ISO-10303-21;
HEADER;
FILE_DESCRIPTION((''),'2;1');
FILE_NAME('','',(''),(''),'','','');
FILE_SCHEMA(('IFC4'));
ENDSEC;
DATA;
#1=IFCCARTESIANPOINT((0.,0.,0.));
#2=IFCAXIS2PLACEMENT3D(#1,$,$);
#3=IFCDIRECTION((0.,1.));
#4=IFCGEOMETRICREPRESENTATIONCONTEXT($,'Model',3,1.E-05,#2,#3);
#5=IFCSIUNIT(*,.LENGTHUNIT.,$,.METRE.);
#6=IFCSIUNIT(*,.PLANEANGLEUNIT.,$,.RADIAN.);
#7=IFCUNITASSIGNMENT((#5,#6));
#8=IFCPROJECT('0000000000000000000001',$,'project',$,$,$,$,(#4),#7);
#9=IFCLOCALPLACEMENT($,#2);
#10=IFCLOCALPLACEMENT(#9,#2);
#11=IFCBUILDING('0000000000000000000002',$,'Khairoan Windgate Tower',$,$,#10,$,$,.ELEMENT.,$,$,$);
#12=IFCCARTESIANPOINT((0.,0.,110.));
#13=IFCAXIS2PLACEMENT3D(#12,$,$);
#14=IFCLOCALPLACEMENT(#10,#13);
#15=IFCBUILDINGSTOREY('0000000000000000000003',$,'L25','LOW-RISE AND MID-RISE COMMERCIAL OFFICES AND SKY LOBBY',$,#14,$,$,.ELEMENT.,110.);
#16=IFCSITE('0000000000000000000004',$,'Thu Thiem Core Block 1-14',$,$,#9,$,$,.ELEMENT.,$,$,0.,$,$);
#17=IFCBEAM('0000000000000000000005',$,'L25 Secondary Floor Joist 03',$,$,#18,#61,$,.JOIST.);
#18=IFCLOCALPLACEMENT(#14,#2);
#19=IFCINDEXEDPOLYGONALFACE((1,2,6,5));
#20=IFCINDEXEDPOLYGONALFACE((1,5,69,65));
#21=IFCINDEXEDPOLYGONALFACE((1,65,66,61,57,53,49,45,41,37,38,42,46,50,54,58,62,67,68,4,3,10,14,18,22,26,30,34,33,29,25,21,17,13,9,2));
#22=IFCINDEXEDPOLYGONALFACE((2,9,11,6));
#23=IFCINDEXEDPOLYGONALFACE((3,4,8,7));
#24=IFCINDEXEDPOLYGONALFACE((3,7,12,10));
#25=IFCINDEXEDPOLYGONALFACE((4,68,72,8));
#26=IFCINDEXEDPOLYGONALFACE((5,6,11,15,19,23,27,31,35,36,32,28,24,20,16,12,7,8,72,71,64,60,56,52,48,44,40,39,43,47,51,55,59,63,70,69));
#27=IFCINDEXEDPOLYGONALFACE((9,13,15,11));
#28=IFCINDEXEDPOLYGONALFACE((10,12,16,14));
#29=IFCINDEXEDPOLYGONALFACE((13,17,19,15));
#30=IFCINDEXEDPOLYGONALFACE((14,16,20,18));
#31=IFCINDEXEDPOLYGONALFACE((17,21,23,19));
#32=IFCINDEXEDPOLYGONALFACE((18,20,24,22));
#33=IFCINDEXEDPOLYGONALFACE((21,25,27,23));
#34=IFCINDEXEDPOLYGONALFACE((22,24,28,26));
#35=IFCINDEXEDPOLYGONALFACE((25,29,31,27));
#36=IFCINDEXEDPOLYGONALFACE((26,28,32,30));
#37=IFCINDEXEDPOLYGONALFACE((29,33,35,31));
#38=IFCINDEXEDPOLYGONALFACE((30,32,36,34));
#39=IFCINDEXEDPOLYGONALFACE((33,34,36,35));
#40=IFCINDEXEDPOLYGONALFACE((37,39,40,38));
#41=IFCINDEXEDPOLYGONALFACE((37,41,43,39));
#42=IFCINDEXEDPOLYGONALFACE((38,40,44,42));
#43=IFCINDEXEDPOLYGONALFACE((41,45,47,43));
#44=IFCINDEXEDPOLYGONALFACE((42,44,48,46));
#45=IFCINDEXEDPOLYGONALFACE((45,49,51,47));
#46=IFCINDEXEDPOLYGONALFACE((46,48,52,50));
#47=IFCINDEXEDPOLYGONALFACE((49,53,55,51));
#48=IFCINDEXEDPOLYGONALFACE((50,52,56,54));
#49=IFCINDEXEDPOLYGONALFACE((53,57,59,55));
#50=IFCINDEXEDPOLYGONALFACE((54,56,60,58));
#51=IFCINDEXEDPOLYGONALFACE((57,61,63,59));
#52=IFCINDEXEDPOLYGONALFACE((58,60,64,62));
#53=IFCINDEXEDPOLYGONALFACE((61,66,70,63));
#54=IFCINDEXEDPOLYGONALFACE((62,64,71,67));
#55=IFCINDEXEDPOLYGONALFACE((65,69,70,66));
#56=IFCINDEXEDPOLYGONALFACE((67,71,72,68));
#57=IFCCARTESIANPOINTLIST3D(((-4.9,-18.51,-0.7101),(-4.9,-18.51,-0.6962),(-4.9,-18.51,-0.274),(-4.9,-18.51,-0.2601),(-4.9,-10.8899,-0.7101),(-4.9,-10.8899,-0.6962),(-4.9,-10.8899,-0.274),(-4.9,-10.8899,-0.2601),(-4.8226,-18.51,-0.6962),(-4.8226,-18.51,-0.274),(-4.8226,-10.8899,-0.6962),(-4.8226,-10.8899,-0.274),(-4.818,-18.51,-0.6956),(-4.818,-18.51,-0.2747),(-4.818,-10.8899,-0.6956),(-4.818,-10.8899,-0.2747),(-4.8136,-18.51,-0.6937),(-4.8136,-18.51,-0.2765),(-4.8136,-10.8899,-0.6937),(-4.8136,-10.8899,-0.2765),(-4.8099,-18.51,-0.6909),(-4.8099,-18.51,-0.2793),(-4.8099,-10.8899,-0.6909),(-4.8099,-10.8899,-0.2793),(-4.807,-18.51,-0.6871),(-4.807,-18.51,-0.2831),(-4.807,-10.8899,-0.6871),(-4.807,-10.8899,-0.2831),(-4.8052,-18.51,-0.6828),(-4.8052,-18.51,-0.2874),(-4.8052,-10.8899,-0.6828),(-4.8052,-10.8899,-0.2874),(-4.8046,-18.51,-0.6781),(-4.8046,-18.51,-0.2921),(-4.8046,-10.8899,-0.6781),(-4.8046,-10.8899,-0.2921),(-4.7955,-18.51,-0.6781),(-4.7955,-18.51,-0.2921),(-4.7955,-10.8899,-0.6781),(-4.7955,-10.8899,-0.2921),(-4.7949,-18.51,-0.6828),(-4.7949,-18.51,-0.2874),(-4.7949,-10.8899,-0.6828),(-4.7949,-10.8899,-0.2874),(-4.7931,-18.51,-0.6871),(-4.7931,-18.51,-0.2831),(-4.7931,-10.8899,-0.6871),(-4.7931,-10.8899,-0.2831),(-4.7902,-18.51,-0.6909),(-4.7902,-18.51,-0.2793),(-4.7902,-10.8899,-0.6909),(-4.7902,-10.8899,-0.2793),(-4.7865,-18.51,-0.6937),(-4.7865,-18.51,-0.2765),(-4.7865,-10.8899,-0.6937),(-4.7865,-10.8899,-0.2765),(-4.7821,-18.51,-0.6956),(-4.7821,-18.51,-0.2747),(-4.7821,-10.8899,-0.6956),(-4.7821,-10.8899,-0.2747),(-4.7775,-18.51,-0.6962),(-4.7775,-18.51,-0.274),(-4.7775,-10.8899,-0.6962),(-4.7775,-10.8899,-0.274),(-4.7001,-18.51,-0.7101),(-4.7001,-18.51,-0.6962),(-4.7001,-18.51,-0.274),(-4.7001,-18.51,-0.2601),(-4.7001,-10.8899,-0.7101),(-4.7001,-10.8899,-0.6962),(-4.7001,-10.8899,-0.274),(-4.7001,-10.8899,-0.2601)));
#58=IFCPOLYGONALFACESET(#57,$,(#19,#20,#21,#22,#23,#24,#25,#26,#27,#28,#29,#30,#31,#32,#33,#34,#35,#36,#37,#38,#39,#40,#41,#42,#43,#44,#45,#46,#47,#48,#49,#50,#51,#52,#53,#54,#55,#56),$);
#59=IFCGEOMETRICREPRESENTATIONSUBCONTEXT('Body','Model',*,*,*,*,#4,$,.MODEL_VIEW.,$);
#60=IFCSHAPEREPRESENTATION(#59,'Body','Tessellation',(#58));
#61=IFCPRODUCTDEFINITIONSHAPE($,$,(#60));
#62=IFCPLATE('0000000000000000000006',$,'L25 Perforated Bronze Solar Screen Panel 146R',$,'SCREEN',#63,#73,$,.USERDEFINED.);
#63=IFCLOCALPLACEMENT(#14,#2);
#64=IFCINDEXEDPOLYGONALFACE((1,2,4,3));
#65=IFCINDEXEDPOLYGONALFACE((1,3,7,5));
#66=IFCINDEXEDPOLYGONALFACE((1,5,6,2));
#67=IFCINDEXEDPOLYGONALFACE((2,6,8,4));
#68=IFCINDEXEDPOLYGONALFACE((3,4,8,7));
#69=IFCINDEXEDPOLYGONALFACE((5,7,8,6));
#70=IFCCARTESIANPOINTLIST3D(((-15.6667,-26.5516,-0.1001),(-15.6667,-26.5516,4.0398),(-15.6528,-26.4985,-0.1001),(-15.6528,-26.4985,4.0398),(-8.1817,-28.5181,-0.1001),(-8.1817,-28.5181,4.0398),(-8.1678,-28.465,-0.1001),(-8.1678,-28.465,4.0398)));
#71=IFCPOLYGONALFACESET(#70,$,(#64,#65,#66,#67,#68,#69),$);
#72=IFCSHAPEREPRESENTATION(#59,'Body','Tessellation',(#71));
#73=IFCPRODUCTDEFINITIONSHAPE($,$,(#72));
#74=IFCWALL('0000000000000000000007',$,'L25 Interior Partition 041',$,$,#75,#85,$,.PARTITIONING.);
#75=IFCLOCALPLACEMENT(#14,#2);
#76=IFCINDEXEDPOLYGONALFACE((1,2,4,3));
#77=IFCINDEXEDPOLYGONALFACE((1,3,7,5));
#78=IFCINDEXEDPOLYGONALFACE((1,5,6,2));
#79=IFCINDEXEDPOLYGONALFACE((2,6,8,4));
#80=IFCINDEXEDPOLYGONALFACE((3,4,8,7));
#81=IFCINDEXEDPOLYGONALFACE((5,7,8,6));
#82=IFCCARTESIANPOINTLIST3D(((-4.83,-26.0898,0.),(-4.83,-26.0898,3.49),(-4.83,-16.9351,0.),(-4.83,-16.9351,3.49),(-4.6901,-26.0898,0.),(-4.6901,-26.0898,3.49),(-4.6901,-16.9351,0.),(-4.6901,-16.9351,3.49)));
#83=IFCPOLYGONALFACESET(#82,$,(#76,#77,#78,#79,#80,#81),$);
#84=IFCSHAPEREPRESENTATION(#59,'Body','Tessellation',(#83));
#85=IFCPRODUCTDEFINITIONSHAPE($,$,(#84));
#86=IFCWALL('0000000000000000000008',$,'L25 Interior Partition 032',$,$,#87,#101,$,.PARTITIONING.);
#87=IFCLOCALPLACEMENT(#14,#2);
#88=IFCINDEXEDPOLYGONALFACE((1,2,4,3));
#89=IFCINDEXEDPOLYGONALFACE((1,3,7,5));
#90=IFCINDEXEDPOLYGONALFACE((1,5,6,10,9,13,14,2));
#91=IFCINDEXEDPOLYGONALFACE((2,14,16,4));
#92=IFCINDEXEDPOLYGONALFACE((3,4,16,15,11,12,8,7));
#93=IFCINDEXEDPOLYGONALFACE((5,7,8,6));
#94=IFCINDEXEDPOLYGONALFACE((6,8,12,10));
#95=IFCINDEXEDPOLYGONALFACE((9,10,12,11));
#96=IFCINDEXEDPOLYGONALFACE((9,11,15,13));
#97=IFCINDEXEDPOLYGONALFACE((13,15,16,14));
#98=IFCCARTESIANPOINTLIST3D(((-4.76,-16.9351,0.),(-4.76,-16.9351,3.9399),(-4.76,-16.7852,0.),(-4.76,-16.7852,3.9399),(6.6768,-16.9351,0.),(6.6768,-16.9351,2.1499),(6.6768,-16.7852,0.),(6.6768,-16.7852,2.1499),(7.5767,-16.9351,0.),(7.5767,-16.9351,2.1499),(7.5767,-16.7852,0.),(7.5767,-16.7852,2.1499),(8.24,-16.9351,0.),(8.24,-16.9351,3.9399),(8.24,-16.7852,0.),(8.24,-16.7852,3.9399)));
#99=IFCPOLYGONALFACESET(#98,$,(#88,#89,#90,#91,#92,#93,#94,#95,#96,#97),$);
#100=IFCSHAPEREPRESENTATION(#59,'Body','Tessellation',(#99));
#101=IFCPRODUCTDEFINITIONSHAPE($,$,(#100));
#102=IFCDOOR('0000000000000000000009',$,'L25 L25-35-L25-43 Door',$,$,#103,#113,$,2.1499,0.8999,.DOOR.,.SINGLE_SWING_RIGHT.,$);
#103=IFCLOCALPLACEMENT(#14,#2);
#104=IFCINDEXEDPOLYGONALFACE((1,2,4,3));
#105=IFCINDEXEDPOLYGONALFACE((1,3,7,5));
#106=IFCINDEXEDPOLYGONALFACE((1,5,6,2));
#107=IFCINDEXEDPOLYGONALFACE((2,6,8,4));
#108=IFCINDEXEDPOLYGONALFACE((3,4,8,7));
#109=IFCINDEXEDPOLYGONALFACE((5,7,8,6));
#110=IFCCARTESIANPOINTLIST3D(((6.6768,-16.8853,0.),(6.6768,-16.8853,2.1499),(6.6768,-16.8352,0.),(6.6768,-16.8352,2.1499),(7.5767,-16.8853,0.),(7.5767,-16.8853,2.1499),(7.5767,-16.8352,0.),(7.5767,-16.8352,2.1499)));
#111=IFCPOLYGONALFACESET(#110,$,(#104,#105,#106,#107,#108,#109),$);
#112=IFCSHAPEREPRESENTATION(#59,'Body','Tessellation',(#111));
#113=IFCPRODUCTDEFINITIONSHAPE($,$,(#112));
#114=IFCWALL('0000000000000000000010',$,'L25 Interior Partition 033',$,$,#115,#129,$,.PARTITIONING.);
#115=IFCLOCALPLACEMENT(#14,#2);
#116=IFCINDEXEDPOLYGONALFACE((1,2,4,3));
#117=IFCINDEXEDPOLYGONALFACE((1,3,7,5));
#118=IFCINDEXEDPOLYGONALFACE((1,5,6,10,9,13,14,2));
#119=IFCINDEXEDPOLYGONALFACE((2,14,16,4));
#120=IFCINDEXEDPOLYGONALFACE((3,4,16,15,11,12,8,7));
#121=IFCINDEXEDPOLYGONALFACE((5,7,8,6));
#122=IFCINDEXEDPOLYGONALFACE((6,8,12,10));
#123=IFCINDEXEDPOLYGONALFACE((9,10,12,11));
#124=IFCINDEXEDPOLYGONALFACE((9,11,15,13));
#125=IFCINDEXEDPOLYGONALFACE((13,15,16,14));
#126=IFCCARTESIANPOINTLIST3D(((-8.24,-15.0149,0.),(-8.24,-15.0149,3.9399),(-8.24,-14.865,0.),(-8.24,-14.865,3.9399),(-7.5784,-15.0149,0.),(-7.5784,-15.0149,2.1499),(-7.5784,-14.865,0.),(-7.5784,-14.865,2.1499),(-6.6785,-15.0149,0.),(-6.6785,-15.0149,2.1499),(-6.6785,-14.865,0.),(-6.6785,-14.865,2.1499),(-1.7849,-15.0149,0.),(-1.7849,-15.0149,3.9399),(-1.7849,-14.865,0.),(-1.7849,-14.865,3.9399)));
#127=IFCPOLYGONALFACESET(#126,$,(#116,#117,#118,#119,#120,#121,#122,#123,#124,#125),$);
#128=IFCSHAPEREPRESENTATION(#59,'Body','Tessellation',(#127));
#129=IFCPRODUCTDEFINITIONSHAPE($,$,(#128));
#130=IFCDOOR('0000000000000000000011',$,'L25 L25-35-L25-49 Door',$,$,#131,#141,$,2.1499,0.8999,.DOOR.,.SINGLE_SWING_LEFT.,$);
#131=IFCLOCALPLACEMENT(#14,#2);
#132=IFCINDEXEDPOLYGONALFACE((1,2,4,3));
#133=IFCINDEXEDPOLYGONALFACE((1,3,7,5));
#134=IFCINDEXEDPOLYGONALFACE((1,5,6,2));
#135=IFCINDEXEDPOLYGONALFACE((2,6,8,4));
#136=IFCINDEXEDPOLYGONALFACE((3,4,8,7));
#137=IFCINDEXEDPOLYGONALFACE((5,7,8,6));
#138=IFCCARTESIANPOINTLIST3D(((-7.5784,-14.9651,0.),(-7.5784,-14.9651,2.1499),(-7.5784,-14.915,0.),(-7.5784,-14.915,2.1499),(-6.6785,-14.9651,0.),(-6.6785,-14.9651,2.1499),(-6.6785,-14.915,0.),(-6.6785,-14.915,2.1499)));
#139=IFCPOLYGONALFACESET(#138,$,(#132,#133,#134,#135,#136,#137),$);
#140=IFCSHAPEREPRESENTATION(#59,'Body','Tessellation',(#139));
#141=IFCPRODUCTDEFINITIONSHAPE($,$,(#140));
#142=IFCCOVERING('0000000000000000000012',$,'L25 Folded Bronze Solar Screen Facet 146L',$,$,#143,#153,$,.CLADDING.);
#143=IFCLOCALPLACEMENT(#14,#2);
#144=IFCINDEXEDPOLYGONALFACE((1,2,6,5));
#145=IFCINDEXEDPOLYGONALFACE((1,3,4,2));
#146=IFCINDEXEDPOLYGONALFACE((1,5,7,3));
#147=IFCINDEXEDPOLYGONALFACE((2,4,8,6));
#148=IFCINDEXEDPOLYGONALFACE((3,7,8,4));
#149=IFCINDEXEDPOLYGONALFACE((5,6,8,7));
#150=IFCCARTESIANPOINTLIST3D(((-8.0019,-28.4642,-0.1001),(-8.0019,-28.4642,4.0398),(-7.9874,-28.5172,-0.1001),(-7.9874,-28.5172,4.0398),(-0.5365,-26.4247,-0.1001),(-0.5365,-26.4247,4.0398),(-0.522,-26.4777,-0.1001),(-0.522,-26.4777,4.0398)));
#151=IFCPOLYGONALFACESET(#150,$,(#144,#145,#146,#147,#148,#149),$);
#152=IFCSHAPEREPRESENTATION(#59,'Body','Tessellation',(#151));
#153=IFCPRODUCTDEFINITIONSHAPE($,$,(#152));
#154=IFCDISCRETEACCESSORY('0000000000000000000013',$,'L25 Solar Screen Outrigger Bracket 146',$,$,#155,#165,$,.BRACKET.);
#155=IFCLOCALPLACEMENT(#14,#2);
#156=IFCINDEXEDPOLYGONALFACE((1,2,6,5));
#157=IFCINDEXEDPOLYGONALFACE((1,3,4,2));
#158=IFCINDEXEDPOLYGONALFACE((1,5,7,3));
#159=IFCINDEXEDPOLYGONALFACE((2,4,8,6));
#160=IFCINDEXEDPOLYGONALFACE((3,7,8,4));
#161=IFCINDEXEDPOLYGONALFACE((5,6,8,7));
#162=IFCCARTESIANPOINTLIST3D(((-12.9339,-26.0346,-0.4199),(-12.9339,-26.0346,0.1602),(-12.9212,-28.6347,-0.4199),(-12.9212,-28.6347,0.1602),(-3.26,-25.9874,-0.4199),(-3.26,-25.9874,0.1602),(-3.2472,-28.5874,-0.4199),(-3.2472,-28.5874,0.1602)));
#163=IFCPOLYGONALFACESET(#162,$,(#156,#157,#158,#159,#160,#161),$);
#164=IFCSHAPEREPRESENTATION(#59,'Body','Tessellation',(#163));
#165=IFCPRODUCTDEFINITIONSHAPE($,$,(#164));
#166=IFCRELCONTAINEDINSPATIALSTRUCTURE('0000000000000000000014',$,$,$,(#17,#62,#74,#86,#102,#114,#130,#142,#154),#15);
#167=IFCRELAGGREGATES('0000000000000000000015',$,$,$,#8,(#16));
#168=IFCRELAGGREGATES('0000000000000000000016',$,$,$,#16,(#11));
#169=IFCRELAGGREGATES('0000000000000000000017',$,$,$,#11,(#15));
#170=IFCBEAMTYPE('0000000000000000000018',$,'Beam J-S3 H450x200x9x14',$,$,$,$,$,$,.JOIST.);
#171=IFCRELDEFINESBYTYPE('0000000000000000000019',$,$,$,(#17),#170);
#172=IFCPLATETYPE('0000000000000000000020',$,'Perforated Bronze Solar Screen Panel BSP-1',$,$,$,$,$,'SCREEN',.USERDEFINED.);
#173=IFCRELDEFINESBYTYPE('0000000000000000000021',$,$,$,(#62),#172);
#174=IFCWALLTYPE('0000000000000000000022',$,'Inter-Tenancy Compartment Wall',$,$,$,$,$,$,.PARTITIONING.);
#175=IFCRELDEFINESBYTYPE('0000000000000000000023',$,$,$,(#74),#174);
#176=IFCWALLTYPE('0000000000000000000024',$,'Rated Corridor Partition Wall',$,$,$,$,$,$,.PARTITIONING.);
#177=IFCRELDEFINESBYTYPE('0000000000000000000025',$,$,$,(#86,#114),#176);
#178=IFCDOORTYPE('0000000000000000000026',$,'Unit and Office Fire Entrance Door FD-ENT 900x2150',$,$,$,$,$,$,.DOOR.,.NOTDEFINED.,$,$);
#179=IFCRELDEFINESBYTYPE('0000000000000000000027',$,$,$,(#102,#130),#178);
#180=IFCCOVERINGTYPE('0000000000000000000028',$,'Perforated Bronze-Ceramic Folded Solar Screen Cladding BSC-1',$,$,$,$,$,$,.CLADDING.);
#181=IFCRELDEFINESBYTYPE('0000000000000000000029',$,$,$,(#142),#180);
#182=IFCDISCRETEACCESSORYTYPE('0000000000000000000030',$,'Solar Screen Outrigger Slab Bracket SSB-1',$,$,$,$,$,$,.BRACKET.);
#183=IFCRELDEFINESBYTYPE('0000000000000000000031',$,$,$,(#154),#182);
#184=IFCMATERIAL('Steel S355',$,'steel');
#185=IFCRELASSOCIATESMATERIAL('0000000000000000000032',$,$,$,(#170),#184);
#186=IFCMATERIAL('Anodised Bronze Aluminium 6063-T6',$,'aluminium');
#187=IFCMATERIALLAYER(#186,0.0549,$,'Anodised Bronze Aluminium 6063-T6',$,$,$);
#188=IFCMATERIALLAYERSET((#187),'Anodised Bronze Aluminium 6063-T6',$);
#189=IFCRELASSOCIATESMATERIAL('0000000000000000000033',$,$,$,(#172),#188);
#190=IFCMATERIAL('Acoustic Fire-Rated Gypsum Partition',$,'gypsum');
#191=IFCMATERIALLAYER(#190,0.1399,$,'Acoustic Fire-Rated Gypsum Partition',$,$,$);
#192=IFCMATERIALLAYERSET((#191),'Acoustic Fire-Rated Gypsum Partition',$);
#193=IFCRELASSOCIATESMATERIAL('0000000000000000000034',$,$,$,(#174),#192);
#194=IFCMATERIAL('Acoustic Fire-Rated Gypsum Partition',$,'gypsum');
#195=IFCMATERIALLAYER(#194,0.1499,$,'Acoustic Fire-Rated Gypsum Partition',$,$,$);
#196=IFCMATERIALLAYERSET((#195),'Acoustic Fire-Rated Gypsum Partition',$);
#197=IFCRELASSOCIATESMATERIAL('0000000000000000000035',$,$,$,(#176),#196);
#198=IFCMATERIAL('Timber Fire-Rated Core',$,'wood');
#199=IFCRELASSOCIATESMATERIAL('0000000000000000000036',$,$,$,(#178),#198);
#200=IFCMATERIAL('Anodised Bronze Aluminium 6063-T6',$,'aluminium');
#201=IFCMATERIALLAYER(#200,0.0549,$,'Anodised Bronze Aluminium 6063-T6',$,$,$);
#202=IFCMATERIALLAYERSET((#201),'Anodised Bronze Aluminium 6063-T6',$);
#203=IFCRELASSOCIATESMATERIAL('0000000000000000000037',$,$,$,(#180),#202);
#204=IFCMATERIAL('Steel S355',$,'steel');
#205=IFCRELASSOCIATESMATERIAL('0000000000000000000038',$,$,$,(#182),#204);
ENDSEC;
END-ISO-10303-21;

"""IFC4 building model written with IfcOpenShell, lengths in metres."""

from ifc_helpers import new_model, si_unit, direction, frame, frame_2d, origin, origin_2d, place, context, subcontext, project, spatial, rectangle, i_section, extrude, material, layer, layer_set, material_profile, profile_set, type_object, element, fill, save


model = new_model("IFC4")

# Units and contexts
model_context = context("Model", 3, precision=1e-05, world=origin(), true_north=direction((0.0, 1.0)))
body_context = subcontext(model_context, "Body", "Model", "MODEL_VIEW")
ifc_project = project(units=[si_unit("LENGTHUNIT", "METRE"), si_unit("PLANEANGLEUNIT", "RADIAN")], contexts=[model_context])

# Site, building, storey
site_placement = place(None, origin())
site = spatial("IfcSite", under=ifc_project, at=site_placement, Name="Thu Thiem Core Block 1-14", CompositionType="ELEMENT", RefElevation=0.0)
building_placement = place(site_placement, origin())
building = spatial("IfcBuilding", under=site, at=building_placement, Name="Khairoan Windgate Tower", CompositionType="ELEMENT")
storey_placement = place(building_placement, frame((0.0, 0.0, 110.0)))
storey = spatial("IfcBuildingStorey", under=building, at=storey_placement, Name="L25", Description="LOW-RISE AND MID-RISE COMMERCIAL OFFICES AND SKY LOBBY", CompositionType="ELEMENT", Elevation=110.0)

# Beam
ifc_material_1 = material(Name="Steel S355", Category="steel")
ifc_material_profile_1 = material_profile(ifc_material_1, i_section(OverallWidth=0.2, OverallDepth=0.45, WebThickness=0.009, FlangeThickness=0.0139, FilletRadius=0.0181, at=origin_2d()))
ifc_profile_set_1 = profile_set([ifc_material_profile_1], Name="Steel S355")
beam_type_1 = type_object("IfcBeamType", Name="Beam J-S3 H450x200x9x14", PredefinedType="JOIST", material=ifc_profile_set_1)
beam_1_placement = place(storey_placement, frame((-4.8, -18.51, -0.4851), z_axis=(0.0, 1.0, 0.0), x_axis=(-1.0, 0.0, 0.0)))
element("IfcBeam", 1, at=beam_1_placement, inside=storey, type_object=beam_type_1, Name="L25 Secondary Floor Joist 03", PredefinedType="JOIST", context=body_context, shape_type="SweptSolid", body=[
    extrude(i_section(OverallWidth=0.2, OverallDepth=0.45, WebThickness=0.009, FlangeThickness=0.0139, FilletRadius=0.0181, at=origin_2d()), origin(), (0.0, 0.0, 1.0), 7.6201),
])

# Plate
ifc_material_2 = material(Name="Anodised Bronze Aluminium 6063-T6", Category="aluminium")
ifc_layer_1 = layer(ifc_material_2, 0.0549, Name="Anodised Bronze Aluminium 6063-T6")
ifc_layer_set_1 = layer_set([ifc_layer_1], Name="Anodised Bronze Aluminium 6063-T6")
plate_type = type_object("IfcPlateType", Name="Perforated Bronze Solar Screen Panel BSP-1", ElementType="SCREEN", PredefinedType="USERDEFINED", material=ifc_layer_set_1)
plate_placement = place(storey_placement, frame((-11.9172, -27.5083, -0.1001), z_axis=(0.0, 0.0, 1.0), x_axis=(-0.967179, 0.254096, 0.0)))
element("IfcPlate", 2, at=plate_placement, inside=storey, type_object=plate_type, Name="L25 Perforated Bronze Solar Screen Panel 146R", ObjectType="SCREEN", PredefinedType="USERDEFINED", context=body_context, shape_type="SweptSolid", body=[
    extrude(rectangle(XDim=7.739, YDim=0.0549, at=origin_2d()), origin(), (0.0, 0.0, 1.0), 4.1399),
])

# Wall
ifc_material_3 = material(Name="Acoustic Fire-Rated Gypsum Partition", Category="gypsum")
ifc_layer_2 = layer(ifc_material_3, 0.1399, Name="Acoustic Fire-Rated Gypsum Partition")
ifc_layer_set_2 = layer_set([ifc_layer_2], Name="Acoustic Fire-Rated Gypsum Partition")
wall_type_1 = type_object("IfcWallType", Name="Inter-Tenancy Compartment Wall", PredefinedType="PARTITIONING", material=ifc_layer_set_2)
wall_1_placement = place(storey_placement, frame((-4.76, -26.0898, 0.0), z_axis=(0.0, 0.0, 1.0), x_axis=(0.0, 1.0, 0.0)))
element("IfcWall", 3, at=wall_1_placement, inside=storey, type_object=wall_type_1, Name="L25 Interior Partition 041", PredefinedType="PARTITIONING", context=body_context, shape_type="SweptSolid", body=[
    extrude(rectangle(XDim=9.1548, YDim=0.1399, at=frame_2d((4.5774, 0.0))), origin(), (0.0, 0.0, 1.0), 3.49),
])

# Walls, openings, doors
ifc_material_4 = material(Name="Acoustic Fire-Rated Gypsum Partition", Category="gypsum")
ifc_layer_3 = layer(ifc_material_4, 0.1499, Name="Acoustic Fire-Rated Gypsum Partition")
ifc_layer_set_3 = layer_set([ifc_layer_3], Name="Acoustic Fire-Rated Gypsum Partition")
wall_type_2 = type_object("IfcWallType", Name="Rated Corridor Partition Wall", PredefinedType="PARTITIONING", material=ifc_layer_set_3)
ifc_material_5 = material(Name="Timber Fire-Rated Core", Category="wood")
door_type = type_object("IfcDoorType", Name="Unit and Office Fire Entrance Door FD-ENT 900x2150", OperationType="NOTDEFINED", PredefinedType="DOOR", material=ifc_material_5)
wall_2_placement = place(storey_placement, frame((-4.76, -16.8601, 0.0), z_axis=(0.0, 0.0, 1.0), x_axis=(1.0, 0.0, 0.0)))
wall_2 = element("IfcWall", 4, at=wall_2_placement, inside=storey, type_object=wall_type_2, Name="L25 Interior Partition 032", PredefinedType="PARTITIONING", context=body_context, shape_type="SweptSolid", body=[
    extrude(rectangle(XDim=13.0, YDim=0.1499, at=frame_2d((6.5, 0.0))), origin(), (0.0, 0.0, 1.0), 3.9399),
])
opening_1_placement = place(wall_2_placement, frame((11.4368, 0.0, 0.0)))
opening_1 = element("IfcOpeningElement", 5, at=opening_1_placement, cuts=wall_2, PredefinedType="OPENING", context=body_context, shape_type="SweptSolid", body=[
    extrude(rectangle(XDim=0.8999, YDim=2.1499, at=frame_2d((0.45, 1.075))), frame((0.0, 0.085, 0.0), z_axis=(0.0, -1.0, 0.0), x_axis=(1.0, 0.0, 0.0)), (0.0, 0.0, 1.0), 0.1699),
])
door_1_placement = place(opening_1_placement, origin())
door_1 = element("IfcDoor", 6, at=door_1_placement, inside=storey, type_object=door_type, Name="L25 L25-35-L25-43 Door", OperationType="SINGLE_SWING_RIGHT", OverallHeight=2.1499, OverallWidth=0.8999, PredefinedType="DOOR", context=body_context, shape_type="SweptSolid", body=[
    extrude(rectangle(XDim=0.8999, YDim=2.1499, at=frame_2d((0.45, 1.075))), frame((0.0, 0.0249, 0.0), z_axis=(0.0, -1.0, 0.0), x_axis=(1.0, 0.0, 0.0)), (0.0, 0.0, 1.0), 0.05),
])
fill(opening_1, door_1)
wall_3_placement = place(storey_placement, frame((-8.24, -14.9399, 0.0), z_axis=(0.0, 0.0, 1.0), x_axis=(1.0, 0.0, 0.0)))
wall_3 = element("IfcWall", 7, at=wall_3_placement, inside=storey, type_object=wall_type_2, Name="L25 Interior Partition 033", PredefinedType="PARTITIONING", context=body_context, shape_type="SweptSolid", body=[
    extrude(rectangle(XDim=6.4551, YDim=0.1499, at=frame_2d((3.2275, 0.0))), origin(), (0.0, 0.0, 1.0), 3.9399),
])
opening_2_placement = place(wall_3_placement, frame((0.6616, 0.0, 0.0)))
opening_2 = element("IfcOpeningElement", 8, at=opening_2_placement, cuts=wall_3, PredefinedType="OPENING", context=body_context, shape_type="SweptSolid", body=[
    extrude(rectangle(XDim=0.8999, YDim=2.1499, at=frame_2d((0.45, 1.075))), frame((0.0, 0.085, 0.0), z_axis=(0.0, -1.0, 0.0), x_axis=(1.0, 0.0, 0.0)), (0.0, 0.0, 1.0), 0.1699),
])
door_2_placement = place(opening_2_placement, origin())
door_2 = element("IfcDoor", 9, at=door_2_placement, inside=storey, type_object=door_type, Name="L25 L25-35-L25-49 Door", OperationType="SINGLE_SWING_LEFT", OverallHeight=2.1499, OverallWidth=0.8999, PredefinedType="DOOR", context=body_context, shape_type="SweptSolid", body=[
    extrude(rectangle(XDim=0.8999, YDim=2.1499, at=frame_2d((0.45, 1.075))), frame((0.0, 0.0249, 0.0), z_axis=(0.0, -1.0, 0.0), x_axis=(1.0, 0.0, 0.0)), (0.0, 0.0, 1.0), 0.05),
])
fill(opening_2, door_2)

# Covering
ifc_material_6 = material(Name="Anodised Bronze Aluminium 6063-T6", Category="aluminium")
ifc_layer_4 = layer(ifc_material_6, 0.0549, Name="Anodised Bronze Aluminium 6063-T6")
ifc_layer_set_4 = layer_set([ifc_layer_4], Name="Anodised Bronze Aluminium 6063-T6")
covering_type = type_object("IfcCoveringType", Name="Perforated Bronze-Ceramic Folded Solar Screen Cladding BSC-1", PredefinedType="CLADDING", material=ifc_layer_set_4)
covering_placement = place(storey_placement, frame((-4.262, -27.4709, -0.1001), z_axis=(0.0, 0.0, 1.0), x_axis=(-0.964649, -0.263536, 0.0)))
element("IfcCovering", 10, at=covering_placement, inside=storey, type_object=covering_type, Name="L25 Folded Bronze Solar Screen Facet 146L", PredefinedType="CLADDING", context=body_context, shape_type="SweptSolid", body=[
    extrude(rectangle(XDim=7.739, YDim=0.0549, at=origin_2d()), origin(), (0.0, 0.0, 1.0), 4.1399),
])

# Discrete accessory
ifc_material_7 = material(Name="Steel S355", Category="steel")
discrete_accessory_type = type_object("IfcDiscreteAccessoryType", Name="Solar Screen Outrigger Slab Bracket SSB-1", PredefinedType="BRACKET", material=ifc_material_7)
discrete_accessory_placement = place(storey_placement, frame((-8.0906, -27.311, -0.4199), z_axis=(0.0, 0.0, 1.0), x_axis=(-0.999988, -0.004887, 0.0)))
element("IfcDiscreteAccessory", 11, at=discrete_accessory_placement, inside=storey, type_object=discrete_accessory_type, Name="L25 Solar Screen Outrigger Bracket 146", PredefinedType="BRACKET", context=body_context, shape_type="SweptSolid", body=[
    extrude(rectangle(XDim=9.6741, YDim=2.6001, at=origin_2d()), origin(), (0.0, 0.0, 1.0), 0.5801),
])

save(model, "model.ifc")
